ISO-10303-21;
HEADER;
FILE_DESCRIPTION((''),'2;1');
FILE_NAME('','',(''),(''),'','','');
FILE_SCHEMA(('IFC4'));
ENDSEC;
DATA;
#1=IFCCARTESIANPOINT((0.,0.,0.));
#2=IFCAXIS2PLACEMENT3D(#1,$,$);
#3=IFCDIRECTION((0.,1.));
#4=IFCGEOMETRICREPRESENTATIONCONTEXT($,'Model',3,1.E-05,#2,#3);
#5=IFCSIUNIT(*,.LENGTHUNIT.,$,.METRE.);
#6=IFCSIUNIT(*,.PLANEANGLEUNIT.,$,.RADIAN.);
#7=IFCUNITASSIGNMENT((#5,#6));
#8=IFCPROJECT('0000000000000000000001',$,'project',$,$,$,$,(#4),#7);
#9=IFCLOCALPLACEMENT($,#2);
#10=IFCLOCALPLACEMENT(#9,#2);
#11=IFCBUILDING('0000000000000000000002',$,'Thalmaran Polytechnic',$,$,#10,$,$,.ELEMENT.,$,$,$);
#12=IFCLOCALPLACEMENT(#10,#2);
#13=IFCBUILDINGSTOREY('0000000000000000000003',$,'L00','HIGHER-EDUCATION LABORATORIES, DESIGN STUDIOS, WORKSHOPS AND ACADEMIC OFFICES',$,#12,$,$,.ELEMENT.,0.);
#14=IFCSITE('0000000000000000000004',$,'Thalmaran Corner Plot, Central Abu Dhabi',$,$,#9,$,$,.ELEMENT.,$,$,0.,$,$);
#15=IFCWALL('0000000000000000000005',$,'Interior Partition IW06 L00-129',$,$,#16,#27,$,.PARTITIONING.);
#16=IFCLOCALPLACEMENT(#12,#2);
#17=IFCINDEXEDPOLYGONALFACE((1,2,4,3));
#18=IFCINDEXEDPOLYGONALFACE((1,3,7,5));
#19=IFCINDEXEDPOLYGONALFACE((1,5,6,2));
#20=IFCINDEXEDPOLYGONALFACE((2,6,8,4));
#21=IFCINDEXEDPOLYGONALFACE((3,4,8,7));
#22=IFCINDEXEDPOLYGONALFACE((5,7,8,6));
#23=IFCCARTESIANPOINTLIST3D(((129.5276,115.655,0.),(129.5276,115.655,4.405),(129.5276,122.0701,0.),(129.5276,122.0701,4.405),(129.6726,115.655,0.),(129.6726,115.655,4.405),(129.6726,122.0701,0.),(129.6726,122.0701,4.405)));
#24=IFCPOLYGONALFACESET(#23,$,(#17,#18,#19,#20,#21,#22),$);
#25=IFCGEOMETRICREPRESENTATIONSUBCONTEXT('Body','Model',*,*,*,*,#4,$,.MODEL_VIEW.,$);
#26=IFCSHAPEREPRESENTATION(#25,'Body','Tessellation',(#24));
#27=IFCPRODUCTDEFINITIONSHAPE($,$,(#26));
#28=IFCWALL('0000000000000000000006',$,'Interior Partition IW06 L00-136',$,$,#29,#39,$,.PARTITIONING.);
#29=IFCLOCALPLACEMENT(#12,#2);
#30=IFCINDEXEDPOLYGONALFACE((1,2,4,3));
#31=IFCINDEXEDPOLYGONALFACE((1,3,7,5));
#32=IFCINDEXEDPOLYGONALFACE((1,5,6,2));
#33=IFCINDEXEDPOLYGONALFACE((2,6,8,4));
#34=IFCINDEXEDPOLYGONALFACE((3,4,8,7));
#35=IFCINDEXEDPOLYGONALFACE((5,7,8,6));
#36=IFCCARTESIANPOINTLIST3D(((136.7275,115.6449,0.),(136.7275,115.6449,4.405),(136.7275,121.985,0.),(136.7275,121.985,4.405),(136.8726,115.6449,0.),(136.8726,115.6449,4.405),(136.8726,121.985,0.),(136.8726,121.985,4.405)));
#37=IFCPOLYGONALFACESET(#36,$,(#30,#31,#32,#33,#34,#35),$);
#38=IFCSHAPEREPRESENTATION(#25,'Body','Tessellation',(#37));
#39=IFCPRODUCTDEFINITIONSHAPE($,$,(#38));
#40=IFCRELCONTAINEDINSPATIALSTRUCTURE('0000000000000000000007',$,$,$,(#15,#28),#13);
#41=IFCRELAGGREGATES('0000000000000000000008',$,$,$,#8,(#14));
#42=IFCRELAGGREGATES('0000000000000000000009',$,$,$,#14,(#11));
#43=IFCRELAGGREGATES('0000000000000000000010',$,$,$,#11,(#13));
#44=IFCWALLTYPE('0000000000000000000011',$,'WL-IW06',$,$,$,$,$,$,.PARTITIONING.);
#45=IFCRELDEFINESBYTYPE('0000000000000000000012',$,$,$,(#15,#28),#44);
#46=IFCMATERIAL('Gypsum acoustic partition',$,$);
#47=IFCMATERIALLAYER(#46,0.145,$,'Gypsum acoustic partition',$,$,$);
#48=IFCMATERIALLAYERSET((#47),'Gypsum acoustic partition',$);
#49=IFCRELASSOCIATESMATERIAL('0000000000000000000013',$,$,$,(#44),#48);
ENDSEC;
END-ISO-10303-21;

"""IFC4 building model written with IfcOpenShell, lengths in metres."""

from ifc_helpers import new_model, si_unit, direction, frame, frame_2d, origin, place, context, subcontext, project, spatial, rectangle, extrude, material, layer, layer_set, type_object, element, save


model = new_model("IFC4")

# Units and contexts
model_context = context("Model", 3, precision=1e-05, world=origin(), true_north=direction((0.0, 1.0)))
body_context = subcontext(model_context, "Body", "Model", "MODEL_VIEW")
ifc_project = project(units=[si_unit("LENGTHUNIT", "METRE"), si_unit("PLANEANGLEUNIT", "RADIAN")], contexts=[model_context])

# Site, building, storey
site_placement = place(None, origin())
site = spatial("IfcSite", under=ifc_project, at=site_placement, Name="Thalmaran Corner Plot, Central Abu Dhabi", CompositionType="ELEMENT", RefElevation=0.0)
building_placement = place(site_placement, origin())
building = spatial("IfcBuilding", under=site, at=building_placement, Name="Thalmaran Polytechnic", CompositionType="ELEMENT")
storey_placement = place(building_placement, origin())
storey = spatial("IfcBuildingStorey", under=building, at=storey_placement, Name="L00", Description="HIGHER-EDUCATION LABORATORIES, DESIGN STUDIOS, WORKSHOPS AND ACADEMIC OFFICES", CompositionType="ELEMENT", Elevation=0.0)

# Walls
ifc_material_1 = material(Name="Gypsum acoustic partition")
ifc_layer_1 = layer(ifc_material_1, 0.145, Name="Gypsum acoustic partition")
ifc_layer_set_1 = layer_set([ifc_layer_1], Name="Gypsum acoustic partition")
wall_type_1 = type_object("IfcWallType", Name="WL-IW06", PredefinedType="PARTITIONING", material=ifc_layer_set_1)
wall_1_placement = place(storey_placement, frame((129.6001, 115.655, 0.0), z_axis=(0.0, 0.0, 1.0), x_axis=(0.0, 1.0, 0.0)))
element("IfcWall", 1, at=wall_1_placement, inside=storey, type_object=wall_type_1, Name="Interior Partition IW06 L00-129", PredefinedType="PARTITIONING", context=body_context, shape_type="SweptSolid", body=[
    extrude(rectangle(XDim=6.415, YDim=0.145, at=frame_2d((3.2075, 0.0))), origin(), (0.0, 0.0, 1.0), 4.405),
])
wall_2_placement = place(storey_placement, frame((136.8, 115.645, 0.0), z_axis=(0.0, 0.0, 1.0), x_axis=(0.0, 1.0, 0.0)))
element("IfcWall", 2, at=wall_2_placement, inside=storey, type_object=wall_type_1, Name="Interior Partition IW06 L00-136", PredefinedType="PARTITIONING", context=body_context, shape_type="SweptSolid", body=[
    extrude(rectangle(XDim=6.3401, YDim=0.145, at=frame_2d((3.1699, 0.0))), origin(), (0.0, 0.0, 1.0), 4.405),
])

save(model, "model.ifc")
